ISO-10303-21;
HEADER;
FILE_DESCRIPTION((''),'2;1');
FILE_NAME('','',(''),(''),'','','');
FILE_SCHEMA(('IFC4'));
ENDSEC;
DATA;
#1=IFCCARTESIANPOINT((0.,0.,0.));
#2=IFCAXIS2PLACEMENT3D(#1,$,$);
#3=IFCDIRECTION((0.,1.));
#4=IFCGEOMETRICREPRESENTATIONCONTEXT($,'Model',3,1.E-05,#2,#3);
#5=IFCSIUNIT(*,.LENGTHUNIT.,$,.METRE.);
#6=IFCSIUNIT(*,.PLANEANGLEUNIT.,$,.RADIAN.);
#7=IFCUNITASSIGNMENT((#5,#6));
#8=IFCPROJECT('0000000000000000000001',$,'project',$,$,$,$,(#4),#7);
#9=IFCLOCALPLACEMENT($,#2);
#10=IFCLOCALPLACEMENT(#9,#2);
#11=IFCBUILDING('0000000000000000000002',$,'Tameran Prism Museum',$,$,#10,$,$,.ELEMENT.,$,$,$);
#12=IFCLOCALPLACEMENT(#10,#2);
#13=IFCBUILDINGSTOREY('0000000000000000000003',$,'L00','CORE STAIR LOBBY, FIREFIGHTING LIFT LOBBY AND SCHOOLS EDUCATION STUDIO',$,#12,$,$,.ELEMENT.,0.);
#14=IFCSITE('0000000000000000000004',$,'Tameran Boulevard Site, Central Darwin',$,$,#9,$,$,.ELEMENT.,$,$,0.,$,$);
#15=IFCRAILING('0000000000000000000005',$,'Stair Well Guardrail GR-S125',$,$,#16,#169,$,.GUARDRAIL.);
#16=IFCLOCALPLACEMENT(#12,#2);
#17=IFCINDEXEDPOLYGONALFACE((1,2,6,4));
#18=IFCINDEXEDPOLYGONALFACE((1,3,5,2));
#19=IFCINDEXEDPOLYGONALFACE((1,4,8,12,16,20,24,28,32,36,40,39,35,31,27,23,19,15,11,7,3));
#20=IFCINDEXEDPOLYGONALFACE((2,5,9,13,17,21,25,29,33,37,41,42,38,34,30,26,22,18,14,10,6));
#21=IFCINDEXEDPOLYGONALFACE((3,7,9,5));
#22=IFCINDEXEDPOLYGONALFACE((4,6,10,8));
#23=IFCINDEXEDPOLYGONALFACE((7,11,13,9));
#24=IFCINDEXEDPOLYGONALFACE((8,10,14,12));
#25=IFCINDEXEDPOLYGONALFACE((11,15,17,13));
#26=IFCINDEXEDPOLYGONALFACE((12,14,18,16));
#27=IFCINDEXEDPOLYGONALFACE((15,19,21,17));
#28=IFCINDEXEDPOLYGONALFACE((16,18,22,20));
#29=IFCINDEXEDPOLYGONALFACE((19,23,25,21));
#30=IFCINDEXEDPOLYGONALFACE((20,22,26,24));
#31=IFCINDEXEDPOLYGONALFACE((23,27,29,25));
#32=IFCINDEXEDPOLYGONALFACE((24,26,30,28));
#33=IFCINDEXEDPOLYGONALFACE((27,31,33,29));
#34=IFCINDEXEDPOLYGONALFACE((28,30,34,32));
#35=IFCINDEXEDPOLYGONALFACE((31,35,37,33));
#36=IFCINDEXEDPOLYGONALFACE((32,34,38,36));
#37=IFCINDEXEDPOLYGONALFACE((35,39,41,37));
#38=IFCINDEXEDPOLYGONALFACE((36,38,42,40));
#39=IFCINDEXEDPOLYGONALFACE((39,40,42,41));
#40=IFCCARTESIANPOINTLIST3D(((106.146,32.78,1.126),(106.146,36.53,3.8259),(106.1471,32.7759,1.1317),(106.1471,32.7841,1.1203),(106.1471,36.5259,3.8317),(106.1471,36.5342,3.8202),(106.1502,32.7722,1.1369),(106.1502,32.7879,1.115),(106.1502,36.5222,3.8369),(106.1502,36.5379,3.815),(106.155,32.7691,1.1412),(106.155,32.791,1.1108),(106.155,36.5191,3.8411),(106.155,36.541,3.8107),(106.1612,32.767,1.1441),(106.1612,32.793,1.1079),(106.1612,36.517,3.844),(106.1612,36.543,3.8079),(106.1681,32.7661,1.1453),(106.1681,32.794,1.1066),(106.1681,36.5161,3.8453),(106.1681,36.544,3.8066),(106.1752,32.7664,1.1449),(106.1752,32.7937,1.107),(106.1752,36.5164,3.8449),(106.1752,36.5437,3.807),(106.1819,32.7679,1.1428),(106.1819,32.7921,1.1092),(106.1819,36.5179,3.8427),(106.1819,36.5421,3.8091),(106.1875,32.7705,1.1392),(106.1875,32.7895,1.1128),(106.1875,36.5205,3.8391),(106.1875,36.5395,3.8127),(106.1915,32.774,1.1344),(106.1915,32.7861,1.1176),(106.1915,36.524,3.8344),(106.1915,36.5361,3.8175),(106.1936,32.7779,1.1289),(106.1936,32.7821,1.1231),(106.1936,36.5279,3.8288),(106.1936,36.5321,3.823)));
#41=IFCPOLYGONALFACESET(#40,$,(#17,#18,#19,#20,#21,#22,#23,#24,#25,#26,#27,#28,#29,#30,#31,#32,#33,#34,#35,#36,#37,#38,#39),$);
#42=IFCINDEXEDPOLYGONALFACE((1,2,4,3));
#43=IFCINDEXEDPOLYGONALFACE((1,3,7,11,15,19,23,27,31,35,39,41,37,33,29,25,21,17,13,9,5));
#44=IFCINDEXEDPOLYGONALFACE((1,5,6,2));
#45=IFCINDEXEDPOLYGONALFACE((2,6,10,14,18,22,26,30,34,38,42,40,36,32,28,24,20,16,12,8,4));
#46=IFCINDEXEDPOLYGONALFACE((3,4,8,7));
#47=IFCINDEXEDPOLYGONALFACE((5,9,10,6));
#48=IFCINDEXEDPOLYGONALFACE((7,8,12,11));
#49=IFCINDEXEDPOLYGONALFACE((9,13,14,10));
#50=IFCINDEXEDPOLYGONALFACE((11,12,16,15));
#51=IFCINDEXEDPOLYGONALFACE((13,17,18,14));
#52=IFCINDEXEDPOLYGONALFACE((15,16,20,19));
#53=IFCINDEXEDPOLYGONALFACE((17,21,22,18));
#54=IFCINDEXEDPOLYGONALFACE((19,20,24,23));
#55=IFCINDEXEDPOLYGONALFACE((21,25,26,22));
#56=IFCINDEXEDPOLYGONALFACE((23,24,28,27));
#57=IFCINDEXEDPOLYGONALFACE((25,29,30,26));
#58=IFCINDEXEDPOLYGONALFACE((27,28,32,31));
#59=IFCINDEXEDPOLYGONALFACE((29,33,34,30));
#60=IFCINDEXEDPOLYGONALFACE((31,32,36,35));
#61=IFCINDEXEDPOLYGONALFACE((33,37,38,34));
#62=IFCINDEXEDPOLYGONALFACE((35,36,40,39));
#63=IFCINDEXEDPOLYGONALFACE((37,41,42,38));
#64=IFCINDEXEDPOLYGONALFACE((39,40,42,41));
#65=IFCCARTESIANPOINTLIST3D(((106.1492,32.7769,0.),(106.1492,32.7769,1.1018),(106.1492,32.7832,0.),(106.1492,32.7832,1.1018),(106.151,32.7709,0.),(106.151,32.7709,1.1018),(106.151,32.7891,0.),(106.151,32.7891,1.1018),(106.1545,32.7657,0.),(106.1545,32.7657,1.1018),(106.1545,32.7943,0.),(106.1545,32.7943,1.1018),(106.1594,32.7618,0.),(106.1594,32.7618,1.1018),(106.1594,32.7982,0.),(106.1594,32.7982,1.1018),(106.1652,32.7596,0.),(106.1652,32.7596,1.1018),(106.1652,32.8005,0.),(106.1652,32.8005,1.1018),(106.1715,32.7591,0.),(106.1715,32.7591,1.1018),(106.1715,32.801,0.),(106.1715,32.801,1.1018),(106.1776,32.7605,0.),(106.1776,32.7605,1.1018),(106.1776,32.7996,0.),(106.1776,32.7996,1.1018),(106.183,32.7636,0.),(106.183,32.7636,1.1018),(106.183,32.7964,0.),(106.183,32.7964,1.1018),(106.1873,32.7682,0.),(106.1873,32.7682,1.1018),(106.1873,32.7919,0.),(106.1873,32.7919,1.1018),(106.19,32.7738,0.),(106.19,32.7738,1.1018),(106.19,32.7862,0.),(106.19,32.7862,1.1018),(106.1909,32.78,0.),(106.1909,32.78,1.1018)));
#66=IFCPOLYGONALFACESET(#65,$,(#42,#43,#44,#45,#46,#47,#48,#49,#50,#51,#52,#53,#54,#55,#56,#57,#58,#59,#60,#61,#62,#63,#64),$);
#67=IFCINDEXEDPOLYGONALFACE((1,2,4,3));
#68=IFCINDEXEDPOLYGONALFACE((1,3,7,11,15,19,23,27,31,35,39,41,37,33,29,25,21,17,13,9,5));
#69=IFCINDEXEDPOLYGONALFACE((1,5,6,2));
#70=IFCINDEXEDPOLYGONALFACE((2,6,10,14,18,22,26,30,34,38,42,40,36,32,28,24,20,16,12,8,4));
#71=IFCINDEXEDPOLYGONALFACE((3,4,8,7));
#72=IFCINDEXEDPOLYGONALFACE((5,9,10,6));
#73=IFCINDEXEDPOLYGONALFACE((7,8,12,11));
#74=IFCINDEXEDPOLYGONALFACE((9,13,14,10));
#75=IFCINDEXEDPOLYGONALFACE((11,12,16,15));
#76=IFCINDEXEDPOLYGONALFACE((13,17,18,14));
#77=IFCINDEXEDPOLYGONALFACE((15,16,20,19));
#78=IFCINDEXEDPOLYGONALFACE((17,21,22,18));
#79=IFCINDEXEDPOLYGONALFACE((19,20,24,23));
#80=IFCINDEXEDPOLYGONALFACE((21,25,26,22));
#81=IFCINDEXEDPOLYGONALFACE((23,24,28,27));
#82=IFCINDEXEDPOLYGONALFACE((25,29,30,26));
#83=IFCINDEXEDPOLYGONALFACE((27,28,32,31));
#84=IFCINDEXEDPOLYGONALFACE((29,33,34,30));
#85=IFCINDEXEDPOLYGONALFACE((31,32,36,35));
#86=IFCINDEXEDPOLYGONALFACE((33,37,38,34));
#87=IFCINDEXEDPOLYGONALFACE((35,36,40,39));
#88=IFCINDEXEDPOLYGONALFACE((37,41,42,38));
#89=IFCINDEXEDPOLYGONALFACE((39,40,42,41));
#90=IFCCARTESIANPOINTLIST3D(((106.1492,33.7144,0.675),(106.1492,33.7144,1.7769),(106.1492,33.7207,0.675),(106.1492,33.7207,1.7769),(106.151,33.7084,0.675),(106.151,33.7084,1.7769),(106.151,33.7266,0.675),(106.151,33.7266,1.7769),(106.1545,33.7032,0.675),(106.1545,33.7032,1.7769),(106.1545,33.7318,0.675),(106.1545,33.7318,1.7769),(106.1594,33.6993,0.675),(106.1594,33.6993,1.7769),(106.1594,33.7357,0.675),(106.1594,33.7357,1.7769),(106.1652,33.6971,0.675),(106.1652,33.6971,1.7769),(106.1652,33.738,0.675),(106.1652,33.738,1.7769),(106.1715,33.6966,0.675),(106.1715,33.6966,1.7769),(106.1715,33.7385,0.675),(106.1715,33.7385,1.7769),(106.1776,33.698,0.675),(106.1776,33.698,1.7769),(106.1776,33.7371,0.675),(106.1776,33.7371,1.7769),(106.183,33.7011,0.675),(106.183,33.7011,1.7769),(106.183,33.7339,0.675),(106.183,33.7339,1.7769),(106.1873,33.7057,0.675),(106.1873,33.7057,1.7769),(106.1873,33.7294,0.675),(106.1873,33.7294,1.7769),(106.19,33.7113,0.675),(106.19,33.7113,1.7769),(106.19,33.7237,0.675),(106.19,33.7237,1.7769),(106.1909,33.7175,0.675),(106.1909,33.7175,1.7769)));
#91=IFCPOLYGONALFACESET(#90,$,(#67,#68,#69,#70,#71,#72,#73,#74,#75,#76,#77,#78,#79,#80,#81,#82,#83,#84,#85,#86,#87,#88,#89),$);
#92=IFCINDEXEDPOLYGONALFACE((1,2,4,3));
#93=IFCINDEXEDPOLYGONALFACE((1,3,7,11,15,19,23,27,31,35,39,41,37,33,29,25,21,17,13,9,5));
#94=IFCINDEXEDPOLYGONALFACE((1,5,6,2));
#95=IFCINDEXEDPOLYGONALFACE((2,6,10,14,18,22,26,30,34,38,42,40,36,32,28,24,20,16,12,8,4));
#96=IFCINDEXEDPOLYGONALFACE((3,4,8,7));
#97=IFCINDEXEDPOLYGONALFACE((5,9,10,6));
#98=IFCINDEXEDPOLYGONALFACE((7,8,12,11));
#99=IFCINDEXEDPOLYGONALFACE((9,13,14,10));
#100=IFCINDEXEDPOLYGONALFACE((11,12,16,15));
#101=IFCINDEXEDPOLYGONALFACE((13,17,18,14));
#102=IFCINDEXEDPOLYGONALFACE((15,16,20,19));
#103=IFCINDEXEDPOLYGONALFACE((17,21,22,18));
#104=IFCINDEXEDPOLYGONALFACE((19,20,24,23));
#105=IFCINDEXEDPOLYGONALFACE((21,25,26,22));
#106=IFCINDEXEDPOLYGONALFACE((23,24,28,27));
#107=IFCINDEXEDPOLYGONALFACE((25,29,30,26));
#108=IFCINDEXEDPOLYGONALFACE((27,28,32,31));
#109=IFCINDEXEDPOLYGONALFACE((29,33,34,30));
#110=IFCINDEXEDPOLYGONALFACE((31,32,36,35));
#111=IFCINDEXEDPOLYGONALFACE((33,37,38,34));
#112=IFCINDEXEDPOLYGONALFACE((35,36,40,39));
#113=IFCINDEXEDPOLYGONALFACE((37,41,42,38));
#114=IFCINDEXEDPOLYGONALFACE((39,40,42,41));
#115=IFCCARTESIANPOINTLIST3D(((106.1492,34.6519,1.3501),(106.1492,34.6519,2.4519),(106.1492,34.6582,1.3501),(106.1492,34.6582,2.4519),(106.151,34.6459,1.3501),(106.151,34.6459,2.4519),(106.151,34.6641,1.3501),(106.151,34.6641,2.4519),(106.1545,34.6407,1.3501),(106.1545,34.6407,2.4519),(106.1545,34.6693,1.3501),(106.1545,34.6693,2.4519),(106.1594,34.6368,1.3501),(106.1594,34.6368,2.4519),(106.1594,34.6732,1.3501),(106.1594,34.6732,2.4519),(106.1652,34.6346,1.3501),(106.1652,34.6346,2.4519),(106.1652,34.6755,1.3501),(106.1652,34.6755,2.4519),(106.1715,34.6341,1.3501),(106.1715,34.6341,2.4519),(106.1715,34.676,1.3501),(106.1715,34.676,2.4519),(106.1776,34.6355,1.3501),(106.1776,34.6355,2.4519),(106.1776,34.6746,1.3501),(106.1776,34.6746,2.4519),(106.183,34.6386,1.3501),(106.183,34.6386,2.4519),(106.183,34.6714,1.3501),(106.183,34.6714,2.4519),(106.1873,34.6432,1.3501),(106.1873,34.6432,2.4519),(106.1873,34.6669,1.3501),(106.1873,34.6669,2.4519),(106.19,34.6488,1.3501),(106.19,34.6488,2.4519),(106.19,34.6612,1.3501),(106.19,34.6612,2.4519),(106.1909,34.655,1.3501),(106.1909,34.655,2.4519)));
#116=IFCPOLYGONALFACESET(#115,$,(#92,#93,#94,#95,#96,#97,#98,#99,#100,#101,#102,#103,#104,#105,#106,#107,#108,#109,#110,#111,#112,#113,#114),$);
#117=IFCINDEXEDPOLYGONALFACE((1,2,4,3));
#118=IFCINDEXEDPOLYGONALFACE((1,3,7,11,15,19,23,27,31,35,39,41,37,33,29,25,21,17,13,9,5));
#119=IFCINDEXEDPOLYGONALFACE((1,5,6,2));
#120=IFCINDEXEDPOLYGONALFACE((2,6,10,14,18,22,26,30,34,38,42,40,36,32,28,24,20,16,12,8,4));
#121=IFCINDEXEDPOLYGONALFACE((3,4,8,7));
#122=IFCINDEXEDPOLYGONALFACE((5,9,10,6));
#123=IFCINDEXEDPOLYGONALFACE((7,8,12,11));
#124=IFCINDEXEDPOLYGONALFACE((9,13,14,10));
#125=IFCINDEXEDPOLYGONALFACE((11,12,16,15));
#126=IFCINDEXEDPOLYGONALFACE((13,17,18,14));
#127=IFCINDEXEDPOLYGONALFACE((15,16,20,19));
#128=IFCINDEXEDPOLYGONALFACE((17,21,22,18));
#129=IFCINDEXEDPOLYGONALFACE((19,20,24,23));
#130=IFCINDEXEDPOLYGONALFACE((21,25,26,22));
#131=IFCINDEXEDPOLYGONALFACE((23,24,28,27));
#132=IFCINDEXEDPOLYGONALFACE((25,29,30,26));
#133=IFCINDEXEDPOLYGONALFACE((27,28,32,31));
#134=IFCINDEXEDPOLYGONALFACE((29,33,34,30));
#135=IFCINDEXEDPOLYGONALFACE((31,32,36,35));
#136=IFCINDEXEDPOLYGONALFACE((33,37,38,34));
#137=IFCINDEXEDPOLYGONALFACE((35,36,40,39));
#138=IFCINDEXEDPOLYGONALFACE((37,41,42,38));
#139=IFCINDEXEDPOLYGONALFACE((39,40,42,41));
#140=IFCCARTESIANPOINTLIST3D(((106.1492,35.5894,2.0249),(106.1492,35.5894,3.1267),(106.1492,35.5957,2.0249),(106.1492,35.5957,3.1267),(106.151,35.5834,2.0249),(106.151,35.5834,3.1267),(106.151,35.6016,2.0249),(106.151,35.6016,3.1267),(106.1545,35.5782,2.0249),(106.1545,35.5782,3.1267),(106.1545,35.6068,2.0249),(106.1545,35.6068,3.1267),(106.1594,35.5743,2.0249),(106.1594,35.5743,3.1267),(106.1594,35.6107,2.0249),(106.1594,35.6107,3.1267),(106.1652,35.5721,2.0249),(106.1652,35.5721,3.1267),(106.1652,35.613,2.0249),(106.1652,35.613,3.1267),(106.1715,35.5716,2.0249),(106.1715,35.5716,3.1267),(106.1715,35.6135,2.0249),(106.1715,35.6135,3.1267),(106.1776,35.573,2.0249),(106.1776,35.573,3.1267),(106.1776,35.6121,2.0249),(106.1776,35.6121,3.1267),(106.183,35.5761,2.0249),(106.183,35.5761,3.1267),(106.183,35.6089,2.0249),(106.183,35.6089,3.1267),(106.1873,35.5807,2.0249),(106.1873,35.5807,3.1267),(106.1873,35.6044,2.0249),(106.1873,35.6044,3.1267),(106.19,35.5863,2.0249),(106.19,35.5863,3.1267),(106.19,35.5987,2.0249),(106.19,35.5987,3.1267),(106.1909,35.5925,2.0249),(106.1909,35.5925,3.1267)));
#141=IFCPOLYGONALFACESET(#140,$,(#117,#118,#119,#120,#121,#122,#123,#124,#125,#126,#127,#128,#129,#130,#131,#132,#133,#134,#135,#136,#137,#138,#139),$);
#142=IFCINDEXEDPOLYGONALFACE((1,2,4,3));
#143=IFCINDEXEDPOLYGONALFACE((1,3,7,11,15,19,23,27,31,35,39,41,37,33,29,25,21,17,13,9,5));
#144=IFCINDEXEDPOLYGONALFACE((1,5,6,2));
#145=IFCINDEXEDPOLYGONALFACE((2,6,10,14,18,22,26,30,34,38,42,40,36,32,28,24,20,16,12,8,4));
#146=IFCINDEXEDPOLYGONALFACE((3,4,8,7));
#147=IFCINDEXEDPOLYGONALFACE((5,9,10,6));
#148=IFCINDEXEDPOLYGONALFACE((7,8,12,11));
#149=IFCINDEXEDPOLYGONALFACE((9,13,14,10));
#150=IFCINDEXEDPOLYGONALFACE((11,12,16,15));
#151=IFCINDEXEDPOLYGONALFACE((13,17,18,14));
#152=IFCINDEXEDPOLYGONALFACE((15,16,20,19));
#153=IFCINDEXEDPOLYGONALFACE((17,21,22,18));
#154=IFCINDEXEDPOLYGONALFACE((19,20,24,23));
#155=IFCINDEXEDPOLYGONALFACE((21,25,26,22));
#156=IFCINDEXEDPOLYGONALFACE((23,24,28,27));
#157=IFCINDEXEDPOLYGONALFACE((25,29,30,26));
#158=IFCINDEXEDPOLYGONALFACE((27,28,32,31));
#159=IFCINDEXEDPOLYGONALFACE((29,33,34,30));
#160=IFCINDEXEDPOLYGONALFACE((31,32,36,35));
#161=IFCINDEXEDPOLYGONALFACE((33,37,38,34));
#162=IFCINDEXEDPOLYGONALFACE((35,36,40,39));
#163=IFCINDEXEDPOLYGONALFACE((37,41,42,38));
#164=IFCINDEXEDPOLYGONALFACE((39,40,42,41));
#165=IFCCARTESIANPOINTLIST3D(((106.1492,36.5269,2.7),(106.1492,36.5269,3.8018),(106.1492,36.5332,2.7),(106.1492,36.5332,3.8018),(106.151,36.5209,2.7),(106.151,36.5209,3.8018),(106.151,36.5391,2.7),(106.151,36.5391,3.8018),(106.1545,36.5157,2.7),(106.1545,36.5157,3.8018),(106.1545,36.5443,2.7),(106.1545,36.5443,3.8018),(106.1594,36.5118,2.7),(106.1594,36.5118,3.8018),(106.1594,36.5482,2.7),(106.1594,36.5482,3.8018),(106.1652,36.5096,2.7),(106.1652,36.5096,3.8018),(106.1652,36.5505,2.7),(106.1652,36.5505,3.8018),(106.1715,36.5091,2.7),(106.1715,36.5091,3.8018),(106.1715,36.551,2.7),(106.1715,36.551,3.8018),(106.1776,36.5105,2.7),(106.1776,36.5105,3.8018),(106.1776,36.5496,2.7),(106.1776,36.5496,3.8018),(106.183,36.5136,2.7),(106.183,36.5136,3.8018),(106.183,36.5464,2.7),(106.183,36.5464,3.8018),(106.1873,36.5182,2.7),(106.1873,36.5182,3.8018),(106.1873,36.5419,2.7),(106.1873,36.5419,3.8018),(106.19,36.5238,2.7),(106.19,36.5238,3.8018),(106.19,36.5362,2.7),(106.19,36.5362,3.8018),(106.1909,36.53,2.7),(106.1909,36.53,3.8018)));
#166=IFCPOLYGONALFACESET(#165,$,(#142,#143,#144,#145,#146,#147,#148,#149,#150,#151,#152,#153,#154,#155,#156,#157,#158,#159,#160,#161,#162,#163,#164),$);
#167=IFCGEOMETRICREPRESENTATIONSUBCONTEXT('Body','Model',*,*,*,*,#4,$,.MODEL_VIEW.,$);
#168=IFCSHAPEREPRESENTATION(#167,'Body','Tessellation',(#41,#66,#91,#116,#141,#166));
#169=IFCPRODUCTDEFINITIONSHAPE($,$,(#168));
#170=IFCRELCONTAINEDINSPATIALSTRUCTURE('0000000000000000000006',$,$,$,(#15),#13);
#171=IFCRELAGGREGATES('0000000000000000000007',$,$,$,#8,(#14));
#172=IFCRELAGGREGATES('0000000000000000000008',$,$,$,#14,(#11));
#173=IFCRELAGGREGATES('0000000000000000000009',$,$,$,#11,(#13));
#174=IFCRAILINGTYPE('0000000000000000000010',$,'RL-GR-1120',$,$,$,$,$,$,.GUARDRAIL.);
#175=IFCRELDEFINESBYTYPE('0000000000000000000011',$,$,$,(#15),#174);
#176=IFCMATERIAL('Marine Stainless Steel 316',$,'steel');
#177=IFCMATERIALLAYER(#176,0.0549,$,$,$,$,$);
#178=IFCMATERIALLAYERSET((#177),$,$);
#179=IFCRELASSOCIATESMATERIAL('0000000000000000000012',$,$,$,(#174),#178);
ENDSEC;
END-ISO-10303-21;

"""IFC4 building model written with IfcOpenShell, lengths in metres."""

from ifc_helpers import new_model, si_unit, direction, frame, origin, origin_2d, place, context, subcontext, project, spatial, circle, extrude, material, layer, layer_set, type_object, element, save


model = new_model("IFC4")

# Units and contexts
model_context = context("Model", 3, precision=1e-05, world=origin(), true_north=direction((0.0, 1.0)))
body_context = subcontext(model_context, "Body", "Model", "MODEL_VIEW")
ifc_project = project(units=[si_unit("LENGTHUNIT", "METRE"), si_unit("PLANEANGLEUNIT", "RADIAN")], contexts=[model_context])

# Site, building, storey
site_placement = place(None, origin())
site = spatial("IfcSite", under=ifc_project, at=site_placement, Name="Tameran Boulevard Site, Central Darwin", CompositionType="ELEMENT", RefElevation=0.0)
building_placement = place(site_placement, origin())
building = spatial("IfcBuilding", under=site, at=building_placement, Name="Tameran Prism Museum", CompositionType="ELEMENT")
storey_placement = place(building_placement, origin())
storey = spatial("IfcBuildingStorey", under=building, at=storey_placement, Name="L00", Description="CORE STAIR LOBBY, FIREFIGHTING LIFT LOBBY AND SCHOOLS EDUCATION STUDIO", CompositionType="ELEMENT", Elevation=0.0)

# Railing
ifc_material_1 = material(Name="Marine Stainless Steel 316", Category="steel")
ifc_layer_1 = layer(ifc_material_1, 0.0549)
ifc_layer_set_1 = layer_set([ifc_layer_1])
railing_type_1 = type_object("IfcRailingType", Name="RL-GR-1120", PredefinedType="GUARDRAIL", material=ifc_layer_set_1)
railing_1_placement = place(storey_placement, frame((106.1699, 32.78, 0.0)))
element("IfcRailing", 1, at=railing_1_placement, inside=storey, type_object=railing_type_1, Name="Stair Well Guardrail GR-S125", PredefinedType="GUARDRAIL", context=body_context, shape_type="SweptSolid", body=[
    extrude(circle(Radius=0.0239, at=origin_2d()), frame((0.0, 0.0, 1.126), z_axis=(0.0, 0.811539, 0.584298), x_axis=(-1.0, 0.0, 0.0)), (0.0, 0.0, 1.0), 4.6208),
    extrude(circle(Radius=0.021, at=origin_2d()), origin(), (0.0, 0.0, 1.0), 1.1018),
    extrude(circle(Radius=0.021, at=origin_2d()), frame((0.0, 0.9375, 0.675)), (0.0, 0.0, 1.0), 1.1018),
    extrude(circle(Radius=0.021, at=origin_2d()), frame((0.0, 1.875, 1.3501)), (0.0, 0.0, 1.0), 1.1018),
    extrude(circle(Radius=0.021, at=origin_2d()), frame((0.0, 2.8125, 2.0249)), (0.0, 0.0, 1.0), 1.1018),
    extrude(circle(Radius=0.021, at=origin_2d()), frame((0.0, 3.75, 2.7)), (0.0, 0.0, 1.0), 1.1018),
])

save(model, "model.ifc")
